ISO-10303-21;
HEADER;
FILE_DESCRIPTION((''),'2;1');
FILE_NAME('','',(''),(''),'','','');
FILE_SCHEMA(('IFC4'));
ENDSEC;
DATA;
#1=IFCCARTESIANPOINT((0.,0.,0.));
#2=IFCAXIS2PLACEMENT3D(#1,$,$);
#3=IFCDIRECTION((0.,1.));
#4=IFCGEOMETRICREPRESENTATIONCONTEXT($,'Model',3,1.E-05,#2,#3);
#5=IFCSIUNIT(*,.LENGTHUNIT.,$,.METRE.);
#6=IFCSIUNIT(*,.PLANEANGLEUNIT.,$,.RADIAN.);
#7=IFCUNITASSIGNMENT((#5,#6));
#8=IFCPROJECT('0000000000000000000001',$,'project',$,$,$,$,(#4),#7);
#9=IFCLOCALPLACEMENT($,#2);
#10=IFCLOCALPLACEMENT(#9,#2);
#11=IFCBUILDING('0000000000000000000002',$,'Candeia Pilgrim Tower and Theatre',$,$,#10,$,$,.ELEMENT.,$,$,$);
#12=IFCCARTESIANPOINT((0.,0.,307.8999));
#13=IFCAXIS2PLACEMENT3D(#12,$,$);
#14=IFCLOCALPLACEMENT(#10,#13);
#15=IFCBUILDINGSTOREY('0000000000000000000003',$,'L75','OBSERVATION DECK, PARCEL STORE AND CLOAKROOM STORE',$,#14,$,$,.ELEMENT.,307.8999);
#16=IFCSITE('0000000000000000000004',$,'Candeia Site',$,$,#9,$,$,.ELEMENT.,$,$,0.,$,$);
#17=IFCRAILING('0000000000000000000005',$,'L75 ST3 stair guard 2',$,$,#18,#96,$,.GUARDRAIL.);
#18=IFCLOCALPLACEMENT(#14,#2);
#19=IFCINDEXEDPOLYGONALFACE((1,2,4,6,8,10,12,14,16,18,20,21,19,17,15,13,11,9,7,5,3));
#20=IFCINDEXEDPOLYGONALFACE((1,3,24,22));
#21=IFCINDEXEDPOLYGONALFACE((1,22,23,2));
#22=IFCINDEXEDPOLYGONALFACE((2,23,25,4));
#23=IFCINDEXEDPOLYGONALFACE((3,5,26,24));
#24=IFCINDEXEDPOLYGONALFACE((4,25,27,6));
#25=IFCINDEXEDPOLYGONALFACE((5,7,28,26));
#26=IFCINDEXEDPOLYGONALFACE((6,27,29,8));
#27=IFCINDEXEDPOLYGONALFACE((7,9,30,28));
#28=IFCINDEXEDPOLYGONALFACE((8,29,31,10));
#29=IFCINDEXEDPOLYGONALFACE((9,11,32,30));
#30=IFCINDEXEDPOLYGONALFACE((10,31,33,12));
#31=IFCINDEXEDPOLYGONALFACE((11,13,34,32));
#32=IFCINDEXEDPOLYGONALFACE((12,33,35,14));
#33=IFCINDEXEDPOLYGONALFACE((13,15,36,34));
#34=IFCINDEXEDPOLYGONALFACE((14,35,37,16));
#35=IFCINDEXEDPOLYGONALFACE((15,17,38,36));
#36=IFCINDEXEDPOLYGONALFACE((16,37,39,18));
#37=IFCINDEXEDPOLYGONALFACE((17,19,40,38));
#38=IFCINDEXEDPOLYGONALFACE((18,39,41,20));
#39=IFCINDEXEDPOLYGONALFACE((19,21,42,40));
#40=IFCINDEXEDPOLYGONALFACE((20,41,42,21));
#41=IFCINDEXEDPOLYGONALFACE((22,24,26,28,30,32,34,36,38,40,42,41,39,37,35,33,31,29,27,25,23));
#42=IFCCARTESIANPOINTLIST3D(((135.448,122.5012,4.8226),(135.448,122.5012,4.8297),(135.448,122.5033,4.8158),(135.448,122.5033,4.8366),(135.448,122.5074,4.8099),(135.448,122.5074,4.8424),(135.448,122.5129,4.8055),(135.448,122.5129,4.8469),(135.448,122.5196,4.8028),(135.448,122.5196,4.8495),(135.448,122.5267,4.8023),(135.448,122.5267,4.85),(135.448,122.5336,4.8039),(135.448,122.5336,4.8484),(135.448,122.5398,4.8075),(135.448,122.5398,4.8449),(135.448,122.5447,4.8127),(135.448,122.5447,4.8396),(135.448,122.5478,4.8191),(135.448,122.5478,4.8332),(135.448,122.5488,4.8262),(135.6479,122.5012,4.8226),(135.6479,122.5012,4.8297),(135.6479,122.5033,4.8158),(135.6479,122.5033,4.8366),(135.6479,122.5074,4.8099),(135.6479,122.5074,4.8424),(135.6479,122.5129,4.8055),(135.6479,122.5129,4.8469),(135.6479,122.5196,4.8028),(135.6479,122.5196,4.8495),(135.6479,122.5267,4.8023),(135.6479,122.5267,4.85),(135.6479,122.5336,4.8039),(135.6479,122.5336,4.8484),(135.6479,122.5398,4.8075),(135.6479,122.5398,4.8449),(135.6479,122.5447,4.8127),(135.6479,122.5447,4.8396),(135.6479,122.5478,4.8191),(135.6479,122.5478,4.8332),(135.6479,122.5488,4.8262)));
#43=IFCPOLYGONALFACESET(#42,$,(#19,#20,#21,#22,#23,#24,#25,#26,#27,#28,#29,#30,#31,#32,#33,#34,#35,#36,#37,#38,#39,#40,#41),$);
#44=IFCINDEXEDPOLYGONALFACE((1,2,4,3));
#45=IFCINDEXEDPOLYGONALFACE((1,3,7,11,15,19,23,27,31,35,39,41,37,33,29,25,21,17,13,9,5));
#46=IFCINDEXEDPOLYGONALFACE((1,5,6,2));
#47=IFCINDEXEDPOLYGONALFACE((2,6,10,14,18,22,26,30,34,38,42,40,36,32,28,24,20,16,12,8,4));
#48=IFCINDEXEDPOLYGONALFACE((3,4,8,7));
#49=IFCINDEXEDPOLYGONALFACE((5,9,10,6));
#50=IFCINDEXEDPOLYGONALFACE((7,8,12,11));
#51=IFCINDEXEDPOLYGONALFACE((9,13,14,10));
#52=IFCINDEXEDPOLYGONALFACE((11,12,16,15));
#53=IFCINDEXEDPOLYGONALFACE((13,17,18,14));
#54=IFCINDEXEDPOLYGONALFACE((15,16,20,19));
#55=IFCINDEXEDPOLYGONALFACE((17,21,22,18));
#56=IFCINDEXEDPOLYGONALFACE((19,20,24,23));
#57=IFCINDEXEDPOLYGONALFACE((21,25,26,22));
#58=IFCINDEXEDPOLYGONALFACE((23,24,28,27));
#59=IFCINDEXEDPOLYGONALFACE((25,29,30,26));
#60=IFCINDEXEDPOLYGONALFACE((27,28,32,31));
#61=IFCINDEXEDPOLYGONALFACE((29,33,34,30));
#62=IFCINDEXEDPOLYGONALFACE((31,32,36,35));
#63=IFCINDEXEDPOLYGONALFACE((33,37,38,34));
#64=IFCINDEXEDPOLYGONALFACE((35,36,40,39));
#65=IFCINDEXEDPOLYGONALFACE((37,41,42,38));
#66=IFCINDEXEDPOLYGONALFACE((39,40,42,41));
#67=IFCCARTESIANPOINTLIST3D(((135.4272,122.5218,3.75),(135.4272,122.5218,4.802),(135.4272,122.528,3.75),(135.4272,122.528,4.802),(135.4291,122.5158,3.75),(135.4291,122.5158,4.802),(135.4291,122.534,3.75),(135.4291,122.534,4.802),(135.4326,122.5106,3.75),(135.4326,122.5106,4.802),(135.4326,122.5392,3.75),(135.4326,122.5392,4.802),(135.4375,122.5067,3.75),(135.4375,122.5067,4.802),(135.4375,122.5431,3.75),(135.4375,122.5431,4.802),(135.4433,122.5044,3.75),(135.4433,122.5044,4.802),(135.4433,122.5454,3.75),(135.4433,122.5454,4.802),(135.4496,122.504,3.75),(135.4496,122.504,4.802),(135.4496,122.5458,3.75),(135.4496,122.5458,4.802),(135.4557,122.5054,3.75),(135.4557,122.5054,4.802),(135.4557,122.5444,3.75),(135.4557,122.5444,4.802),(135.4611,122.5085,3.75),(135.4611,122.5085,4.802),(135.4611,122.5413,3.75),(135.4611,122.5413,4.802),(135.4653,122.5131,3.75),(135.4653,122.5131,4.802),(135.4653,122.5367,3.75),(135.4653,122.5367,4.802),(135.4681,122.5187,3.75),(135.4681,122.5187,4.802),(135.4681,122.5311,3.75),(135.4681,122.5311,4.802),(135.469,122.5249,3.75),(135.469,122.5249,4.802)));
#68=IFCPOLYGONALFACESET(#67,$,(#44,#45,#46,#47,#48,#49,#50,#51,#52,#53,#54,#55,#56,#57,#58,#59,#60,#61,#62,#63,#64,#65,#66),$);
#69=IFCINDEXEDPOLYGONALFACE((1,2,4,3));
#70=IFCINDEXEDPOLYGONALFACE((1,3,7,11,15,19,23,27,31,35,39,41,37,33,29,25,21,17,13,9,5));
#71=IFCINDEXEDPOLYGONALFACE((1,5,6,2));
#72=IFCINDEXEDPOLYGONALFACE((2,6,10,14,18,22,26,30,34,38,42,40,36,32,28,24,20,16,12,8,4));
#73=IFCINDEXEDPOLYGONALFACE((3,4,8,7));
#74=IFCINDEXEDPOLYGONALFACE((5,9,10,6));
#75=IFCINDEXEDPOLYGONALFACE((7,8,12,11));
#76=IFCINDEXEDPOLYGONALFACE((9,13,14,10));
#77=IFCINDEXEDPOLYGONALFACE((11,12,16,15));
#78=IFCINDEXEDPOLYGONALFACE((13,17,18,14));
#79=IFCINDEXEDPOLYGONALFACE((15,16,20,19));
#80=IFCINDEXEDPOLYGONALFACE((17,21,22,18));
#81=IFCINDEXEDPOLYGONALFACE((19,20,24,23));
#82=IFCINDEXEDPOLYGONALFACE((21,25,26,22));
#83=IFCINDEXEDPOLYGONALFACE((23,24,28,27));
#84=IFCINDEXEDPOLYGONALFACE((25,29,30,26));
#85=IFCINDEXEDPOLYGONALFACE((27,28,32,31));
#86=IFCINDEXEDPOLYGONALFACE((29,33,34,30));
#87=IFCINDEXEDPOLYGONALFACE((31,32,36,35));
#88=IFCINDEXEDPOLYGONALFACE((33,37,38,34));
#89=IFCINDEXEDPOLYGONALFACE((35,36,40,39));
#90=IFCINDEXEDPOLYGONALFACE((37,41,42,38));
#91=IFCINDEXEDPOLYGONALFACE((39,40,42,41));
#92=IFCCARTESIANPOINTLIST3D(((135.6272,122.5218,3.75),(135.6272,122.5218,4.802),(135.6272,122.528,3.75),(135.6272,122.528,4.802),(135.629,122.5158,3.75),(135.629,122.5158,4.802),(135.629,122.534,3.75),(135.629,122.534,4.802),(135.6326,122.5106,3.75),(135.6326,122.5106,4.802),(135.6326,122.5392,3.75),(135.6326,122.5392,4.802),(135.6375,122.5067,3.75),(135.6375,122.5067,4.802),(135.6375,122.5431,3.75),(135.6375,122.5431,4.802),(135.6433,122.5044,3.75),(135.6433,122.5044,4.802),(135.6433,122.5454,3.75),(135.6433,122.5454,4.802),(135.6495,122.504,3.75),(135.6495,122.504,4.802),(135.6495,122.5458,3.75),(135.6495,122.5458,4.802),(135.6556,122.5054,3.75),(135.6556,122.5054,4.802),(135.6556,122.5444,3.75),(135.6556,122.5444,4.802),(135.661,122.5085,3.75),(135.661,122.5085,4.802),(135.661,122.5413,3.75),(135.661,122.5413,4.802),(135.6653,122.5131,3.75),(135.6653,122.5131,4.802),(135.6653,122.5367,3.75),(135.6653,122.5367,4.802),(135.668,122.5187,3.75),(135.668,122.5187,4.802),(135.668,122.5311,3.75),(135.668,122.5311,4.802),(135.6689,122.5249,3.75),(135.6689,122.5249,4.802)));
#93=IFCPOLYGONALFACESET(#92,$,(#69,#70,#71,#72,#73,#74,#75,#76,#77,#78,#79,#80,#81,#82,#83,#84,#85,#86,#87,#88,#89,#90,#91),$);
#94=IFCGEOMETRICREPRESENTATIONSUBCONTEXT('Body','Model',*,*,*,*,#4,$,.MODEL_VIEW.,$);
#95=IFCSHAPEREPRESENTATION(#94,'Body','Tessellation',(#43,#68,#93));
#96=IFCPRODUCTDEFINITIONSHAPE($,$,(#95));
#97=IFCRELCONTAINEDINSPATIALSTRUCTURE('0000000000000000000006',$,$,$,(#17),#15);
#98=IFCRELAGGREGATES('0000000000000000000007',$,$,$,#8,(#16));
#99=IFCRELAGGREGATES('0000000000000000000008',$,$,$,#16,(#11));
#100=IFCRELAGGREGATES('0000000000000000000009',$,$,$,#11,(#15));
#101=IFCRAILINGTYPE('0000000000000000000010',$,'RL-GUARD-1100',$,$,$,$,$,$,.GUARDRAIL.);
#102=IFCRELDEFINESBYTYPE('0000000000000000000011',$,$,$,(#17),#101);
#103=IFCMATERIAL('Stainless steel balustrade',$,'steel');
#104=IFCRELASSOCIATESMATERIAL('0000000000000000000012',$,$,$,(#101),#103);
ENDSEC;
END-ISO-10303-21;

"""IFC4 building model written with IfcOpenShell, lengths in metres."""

from ifc_helpers import new_model, si_unit, direction, frame, origin, origin_2d, place, context, subcontext, project, spatial, circle, extrude, material, type_object, element, save


model = new_model("IFC4")

# Units and contexts
model_context = context("Model", 3, precision=1e-05, world=origin(), true_north=direction((0.0, 1.0)))
body_context = subcontext(model_context, "Body", "Model", "MODEL_VIEW")
ifc_project = project(units=[si_unit("LENGTHUNIT", "METRE"), si_unit("PLANEANGLEUNIT", "RADIAN")], contexts=[model_context])

# Site, building, storey
site_placement = place(None, origin())
site = spatial("IfcSite", under=ifc_project, at=site_placement, Name="Candeia Site", CompositionType="ELEMENT", RefElevation=0.0)
building_placement = place(site_placement, origin())
building = spatial("IfcBuilding", under=site, at=building_placement, Name="Candeia Pilgrim Tower and Theatre", CompositionType="ELEMENT")
storey_placement = place(building_placement, frame((0.0, 0.0, 307.8999)))
storey = spatial("IfcBuildingStorey", under=building, at=storey_placement, Name="L75", Description="OBSERVATION DECK, PARCEL STORE AND CLOAKROOM STORE", CompositionType="ELEMENT", Elevation=307.8999)

# Railing
ifc_material_1 = material(Name="Stainless steel balustrade", Category="steel")
railing_type_1 = type_object("IfcRailingType", Name="RL-GUARD-1100", PredefinedType="GUARDRAIL", material=ifc_material_1)
railing_1_placement = place(storey_placement, frame((135.448, 122.5249, 3.75)))
element("IfcRailing", 1, at=railing_1_placement, inside=storey, type_object=railing_type_1, Name="L75 ST3 stair guard 2", PredefinedType="GUARDRAIL", context=body_context, shape_type="SweptSolid", body=[
    extrude(circle(Radius=0.0239, at=origin_2d()), frame((0.0, 0.0, 1.0762), z_axis=(1.0, 0.0, 0.0), x_axis=(0.0, 1.0, 0.0)), (0.0, 0.0, 1.0), 0.2),
    extrude(circle(Radius=0.021, at=origin_2d()), origin(), (0.0, 0.0, 1.0), 1.052),
    extrude(circle(Radius=0.021, at=origin_2d()), frame((0.2, 0.0, 0.0)), (0.0, 0.0, 1.0), 1.052),
])

save(model, "model.ifc")
